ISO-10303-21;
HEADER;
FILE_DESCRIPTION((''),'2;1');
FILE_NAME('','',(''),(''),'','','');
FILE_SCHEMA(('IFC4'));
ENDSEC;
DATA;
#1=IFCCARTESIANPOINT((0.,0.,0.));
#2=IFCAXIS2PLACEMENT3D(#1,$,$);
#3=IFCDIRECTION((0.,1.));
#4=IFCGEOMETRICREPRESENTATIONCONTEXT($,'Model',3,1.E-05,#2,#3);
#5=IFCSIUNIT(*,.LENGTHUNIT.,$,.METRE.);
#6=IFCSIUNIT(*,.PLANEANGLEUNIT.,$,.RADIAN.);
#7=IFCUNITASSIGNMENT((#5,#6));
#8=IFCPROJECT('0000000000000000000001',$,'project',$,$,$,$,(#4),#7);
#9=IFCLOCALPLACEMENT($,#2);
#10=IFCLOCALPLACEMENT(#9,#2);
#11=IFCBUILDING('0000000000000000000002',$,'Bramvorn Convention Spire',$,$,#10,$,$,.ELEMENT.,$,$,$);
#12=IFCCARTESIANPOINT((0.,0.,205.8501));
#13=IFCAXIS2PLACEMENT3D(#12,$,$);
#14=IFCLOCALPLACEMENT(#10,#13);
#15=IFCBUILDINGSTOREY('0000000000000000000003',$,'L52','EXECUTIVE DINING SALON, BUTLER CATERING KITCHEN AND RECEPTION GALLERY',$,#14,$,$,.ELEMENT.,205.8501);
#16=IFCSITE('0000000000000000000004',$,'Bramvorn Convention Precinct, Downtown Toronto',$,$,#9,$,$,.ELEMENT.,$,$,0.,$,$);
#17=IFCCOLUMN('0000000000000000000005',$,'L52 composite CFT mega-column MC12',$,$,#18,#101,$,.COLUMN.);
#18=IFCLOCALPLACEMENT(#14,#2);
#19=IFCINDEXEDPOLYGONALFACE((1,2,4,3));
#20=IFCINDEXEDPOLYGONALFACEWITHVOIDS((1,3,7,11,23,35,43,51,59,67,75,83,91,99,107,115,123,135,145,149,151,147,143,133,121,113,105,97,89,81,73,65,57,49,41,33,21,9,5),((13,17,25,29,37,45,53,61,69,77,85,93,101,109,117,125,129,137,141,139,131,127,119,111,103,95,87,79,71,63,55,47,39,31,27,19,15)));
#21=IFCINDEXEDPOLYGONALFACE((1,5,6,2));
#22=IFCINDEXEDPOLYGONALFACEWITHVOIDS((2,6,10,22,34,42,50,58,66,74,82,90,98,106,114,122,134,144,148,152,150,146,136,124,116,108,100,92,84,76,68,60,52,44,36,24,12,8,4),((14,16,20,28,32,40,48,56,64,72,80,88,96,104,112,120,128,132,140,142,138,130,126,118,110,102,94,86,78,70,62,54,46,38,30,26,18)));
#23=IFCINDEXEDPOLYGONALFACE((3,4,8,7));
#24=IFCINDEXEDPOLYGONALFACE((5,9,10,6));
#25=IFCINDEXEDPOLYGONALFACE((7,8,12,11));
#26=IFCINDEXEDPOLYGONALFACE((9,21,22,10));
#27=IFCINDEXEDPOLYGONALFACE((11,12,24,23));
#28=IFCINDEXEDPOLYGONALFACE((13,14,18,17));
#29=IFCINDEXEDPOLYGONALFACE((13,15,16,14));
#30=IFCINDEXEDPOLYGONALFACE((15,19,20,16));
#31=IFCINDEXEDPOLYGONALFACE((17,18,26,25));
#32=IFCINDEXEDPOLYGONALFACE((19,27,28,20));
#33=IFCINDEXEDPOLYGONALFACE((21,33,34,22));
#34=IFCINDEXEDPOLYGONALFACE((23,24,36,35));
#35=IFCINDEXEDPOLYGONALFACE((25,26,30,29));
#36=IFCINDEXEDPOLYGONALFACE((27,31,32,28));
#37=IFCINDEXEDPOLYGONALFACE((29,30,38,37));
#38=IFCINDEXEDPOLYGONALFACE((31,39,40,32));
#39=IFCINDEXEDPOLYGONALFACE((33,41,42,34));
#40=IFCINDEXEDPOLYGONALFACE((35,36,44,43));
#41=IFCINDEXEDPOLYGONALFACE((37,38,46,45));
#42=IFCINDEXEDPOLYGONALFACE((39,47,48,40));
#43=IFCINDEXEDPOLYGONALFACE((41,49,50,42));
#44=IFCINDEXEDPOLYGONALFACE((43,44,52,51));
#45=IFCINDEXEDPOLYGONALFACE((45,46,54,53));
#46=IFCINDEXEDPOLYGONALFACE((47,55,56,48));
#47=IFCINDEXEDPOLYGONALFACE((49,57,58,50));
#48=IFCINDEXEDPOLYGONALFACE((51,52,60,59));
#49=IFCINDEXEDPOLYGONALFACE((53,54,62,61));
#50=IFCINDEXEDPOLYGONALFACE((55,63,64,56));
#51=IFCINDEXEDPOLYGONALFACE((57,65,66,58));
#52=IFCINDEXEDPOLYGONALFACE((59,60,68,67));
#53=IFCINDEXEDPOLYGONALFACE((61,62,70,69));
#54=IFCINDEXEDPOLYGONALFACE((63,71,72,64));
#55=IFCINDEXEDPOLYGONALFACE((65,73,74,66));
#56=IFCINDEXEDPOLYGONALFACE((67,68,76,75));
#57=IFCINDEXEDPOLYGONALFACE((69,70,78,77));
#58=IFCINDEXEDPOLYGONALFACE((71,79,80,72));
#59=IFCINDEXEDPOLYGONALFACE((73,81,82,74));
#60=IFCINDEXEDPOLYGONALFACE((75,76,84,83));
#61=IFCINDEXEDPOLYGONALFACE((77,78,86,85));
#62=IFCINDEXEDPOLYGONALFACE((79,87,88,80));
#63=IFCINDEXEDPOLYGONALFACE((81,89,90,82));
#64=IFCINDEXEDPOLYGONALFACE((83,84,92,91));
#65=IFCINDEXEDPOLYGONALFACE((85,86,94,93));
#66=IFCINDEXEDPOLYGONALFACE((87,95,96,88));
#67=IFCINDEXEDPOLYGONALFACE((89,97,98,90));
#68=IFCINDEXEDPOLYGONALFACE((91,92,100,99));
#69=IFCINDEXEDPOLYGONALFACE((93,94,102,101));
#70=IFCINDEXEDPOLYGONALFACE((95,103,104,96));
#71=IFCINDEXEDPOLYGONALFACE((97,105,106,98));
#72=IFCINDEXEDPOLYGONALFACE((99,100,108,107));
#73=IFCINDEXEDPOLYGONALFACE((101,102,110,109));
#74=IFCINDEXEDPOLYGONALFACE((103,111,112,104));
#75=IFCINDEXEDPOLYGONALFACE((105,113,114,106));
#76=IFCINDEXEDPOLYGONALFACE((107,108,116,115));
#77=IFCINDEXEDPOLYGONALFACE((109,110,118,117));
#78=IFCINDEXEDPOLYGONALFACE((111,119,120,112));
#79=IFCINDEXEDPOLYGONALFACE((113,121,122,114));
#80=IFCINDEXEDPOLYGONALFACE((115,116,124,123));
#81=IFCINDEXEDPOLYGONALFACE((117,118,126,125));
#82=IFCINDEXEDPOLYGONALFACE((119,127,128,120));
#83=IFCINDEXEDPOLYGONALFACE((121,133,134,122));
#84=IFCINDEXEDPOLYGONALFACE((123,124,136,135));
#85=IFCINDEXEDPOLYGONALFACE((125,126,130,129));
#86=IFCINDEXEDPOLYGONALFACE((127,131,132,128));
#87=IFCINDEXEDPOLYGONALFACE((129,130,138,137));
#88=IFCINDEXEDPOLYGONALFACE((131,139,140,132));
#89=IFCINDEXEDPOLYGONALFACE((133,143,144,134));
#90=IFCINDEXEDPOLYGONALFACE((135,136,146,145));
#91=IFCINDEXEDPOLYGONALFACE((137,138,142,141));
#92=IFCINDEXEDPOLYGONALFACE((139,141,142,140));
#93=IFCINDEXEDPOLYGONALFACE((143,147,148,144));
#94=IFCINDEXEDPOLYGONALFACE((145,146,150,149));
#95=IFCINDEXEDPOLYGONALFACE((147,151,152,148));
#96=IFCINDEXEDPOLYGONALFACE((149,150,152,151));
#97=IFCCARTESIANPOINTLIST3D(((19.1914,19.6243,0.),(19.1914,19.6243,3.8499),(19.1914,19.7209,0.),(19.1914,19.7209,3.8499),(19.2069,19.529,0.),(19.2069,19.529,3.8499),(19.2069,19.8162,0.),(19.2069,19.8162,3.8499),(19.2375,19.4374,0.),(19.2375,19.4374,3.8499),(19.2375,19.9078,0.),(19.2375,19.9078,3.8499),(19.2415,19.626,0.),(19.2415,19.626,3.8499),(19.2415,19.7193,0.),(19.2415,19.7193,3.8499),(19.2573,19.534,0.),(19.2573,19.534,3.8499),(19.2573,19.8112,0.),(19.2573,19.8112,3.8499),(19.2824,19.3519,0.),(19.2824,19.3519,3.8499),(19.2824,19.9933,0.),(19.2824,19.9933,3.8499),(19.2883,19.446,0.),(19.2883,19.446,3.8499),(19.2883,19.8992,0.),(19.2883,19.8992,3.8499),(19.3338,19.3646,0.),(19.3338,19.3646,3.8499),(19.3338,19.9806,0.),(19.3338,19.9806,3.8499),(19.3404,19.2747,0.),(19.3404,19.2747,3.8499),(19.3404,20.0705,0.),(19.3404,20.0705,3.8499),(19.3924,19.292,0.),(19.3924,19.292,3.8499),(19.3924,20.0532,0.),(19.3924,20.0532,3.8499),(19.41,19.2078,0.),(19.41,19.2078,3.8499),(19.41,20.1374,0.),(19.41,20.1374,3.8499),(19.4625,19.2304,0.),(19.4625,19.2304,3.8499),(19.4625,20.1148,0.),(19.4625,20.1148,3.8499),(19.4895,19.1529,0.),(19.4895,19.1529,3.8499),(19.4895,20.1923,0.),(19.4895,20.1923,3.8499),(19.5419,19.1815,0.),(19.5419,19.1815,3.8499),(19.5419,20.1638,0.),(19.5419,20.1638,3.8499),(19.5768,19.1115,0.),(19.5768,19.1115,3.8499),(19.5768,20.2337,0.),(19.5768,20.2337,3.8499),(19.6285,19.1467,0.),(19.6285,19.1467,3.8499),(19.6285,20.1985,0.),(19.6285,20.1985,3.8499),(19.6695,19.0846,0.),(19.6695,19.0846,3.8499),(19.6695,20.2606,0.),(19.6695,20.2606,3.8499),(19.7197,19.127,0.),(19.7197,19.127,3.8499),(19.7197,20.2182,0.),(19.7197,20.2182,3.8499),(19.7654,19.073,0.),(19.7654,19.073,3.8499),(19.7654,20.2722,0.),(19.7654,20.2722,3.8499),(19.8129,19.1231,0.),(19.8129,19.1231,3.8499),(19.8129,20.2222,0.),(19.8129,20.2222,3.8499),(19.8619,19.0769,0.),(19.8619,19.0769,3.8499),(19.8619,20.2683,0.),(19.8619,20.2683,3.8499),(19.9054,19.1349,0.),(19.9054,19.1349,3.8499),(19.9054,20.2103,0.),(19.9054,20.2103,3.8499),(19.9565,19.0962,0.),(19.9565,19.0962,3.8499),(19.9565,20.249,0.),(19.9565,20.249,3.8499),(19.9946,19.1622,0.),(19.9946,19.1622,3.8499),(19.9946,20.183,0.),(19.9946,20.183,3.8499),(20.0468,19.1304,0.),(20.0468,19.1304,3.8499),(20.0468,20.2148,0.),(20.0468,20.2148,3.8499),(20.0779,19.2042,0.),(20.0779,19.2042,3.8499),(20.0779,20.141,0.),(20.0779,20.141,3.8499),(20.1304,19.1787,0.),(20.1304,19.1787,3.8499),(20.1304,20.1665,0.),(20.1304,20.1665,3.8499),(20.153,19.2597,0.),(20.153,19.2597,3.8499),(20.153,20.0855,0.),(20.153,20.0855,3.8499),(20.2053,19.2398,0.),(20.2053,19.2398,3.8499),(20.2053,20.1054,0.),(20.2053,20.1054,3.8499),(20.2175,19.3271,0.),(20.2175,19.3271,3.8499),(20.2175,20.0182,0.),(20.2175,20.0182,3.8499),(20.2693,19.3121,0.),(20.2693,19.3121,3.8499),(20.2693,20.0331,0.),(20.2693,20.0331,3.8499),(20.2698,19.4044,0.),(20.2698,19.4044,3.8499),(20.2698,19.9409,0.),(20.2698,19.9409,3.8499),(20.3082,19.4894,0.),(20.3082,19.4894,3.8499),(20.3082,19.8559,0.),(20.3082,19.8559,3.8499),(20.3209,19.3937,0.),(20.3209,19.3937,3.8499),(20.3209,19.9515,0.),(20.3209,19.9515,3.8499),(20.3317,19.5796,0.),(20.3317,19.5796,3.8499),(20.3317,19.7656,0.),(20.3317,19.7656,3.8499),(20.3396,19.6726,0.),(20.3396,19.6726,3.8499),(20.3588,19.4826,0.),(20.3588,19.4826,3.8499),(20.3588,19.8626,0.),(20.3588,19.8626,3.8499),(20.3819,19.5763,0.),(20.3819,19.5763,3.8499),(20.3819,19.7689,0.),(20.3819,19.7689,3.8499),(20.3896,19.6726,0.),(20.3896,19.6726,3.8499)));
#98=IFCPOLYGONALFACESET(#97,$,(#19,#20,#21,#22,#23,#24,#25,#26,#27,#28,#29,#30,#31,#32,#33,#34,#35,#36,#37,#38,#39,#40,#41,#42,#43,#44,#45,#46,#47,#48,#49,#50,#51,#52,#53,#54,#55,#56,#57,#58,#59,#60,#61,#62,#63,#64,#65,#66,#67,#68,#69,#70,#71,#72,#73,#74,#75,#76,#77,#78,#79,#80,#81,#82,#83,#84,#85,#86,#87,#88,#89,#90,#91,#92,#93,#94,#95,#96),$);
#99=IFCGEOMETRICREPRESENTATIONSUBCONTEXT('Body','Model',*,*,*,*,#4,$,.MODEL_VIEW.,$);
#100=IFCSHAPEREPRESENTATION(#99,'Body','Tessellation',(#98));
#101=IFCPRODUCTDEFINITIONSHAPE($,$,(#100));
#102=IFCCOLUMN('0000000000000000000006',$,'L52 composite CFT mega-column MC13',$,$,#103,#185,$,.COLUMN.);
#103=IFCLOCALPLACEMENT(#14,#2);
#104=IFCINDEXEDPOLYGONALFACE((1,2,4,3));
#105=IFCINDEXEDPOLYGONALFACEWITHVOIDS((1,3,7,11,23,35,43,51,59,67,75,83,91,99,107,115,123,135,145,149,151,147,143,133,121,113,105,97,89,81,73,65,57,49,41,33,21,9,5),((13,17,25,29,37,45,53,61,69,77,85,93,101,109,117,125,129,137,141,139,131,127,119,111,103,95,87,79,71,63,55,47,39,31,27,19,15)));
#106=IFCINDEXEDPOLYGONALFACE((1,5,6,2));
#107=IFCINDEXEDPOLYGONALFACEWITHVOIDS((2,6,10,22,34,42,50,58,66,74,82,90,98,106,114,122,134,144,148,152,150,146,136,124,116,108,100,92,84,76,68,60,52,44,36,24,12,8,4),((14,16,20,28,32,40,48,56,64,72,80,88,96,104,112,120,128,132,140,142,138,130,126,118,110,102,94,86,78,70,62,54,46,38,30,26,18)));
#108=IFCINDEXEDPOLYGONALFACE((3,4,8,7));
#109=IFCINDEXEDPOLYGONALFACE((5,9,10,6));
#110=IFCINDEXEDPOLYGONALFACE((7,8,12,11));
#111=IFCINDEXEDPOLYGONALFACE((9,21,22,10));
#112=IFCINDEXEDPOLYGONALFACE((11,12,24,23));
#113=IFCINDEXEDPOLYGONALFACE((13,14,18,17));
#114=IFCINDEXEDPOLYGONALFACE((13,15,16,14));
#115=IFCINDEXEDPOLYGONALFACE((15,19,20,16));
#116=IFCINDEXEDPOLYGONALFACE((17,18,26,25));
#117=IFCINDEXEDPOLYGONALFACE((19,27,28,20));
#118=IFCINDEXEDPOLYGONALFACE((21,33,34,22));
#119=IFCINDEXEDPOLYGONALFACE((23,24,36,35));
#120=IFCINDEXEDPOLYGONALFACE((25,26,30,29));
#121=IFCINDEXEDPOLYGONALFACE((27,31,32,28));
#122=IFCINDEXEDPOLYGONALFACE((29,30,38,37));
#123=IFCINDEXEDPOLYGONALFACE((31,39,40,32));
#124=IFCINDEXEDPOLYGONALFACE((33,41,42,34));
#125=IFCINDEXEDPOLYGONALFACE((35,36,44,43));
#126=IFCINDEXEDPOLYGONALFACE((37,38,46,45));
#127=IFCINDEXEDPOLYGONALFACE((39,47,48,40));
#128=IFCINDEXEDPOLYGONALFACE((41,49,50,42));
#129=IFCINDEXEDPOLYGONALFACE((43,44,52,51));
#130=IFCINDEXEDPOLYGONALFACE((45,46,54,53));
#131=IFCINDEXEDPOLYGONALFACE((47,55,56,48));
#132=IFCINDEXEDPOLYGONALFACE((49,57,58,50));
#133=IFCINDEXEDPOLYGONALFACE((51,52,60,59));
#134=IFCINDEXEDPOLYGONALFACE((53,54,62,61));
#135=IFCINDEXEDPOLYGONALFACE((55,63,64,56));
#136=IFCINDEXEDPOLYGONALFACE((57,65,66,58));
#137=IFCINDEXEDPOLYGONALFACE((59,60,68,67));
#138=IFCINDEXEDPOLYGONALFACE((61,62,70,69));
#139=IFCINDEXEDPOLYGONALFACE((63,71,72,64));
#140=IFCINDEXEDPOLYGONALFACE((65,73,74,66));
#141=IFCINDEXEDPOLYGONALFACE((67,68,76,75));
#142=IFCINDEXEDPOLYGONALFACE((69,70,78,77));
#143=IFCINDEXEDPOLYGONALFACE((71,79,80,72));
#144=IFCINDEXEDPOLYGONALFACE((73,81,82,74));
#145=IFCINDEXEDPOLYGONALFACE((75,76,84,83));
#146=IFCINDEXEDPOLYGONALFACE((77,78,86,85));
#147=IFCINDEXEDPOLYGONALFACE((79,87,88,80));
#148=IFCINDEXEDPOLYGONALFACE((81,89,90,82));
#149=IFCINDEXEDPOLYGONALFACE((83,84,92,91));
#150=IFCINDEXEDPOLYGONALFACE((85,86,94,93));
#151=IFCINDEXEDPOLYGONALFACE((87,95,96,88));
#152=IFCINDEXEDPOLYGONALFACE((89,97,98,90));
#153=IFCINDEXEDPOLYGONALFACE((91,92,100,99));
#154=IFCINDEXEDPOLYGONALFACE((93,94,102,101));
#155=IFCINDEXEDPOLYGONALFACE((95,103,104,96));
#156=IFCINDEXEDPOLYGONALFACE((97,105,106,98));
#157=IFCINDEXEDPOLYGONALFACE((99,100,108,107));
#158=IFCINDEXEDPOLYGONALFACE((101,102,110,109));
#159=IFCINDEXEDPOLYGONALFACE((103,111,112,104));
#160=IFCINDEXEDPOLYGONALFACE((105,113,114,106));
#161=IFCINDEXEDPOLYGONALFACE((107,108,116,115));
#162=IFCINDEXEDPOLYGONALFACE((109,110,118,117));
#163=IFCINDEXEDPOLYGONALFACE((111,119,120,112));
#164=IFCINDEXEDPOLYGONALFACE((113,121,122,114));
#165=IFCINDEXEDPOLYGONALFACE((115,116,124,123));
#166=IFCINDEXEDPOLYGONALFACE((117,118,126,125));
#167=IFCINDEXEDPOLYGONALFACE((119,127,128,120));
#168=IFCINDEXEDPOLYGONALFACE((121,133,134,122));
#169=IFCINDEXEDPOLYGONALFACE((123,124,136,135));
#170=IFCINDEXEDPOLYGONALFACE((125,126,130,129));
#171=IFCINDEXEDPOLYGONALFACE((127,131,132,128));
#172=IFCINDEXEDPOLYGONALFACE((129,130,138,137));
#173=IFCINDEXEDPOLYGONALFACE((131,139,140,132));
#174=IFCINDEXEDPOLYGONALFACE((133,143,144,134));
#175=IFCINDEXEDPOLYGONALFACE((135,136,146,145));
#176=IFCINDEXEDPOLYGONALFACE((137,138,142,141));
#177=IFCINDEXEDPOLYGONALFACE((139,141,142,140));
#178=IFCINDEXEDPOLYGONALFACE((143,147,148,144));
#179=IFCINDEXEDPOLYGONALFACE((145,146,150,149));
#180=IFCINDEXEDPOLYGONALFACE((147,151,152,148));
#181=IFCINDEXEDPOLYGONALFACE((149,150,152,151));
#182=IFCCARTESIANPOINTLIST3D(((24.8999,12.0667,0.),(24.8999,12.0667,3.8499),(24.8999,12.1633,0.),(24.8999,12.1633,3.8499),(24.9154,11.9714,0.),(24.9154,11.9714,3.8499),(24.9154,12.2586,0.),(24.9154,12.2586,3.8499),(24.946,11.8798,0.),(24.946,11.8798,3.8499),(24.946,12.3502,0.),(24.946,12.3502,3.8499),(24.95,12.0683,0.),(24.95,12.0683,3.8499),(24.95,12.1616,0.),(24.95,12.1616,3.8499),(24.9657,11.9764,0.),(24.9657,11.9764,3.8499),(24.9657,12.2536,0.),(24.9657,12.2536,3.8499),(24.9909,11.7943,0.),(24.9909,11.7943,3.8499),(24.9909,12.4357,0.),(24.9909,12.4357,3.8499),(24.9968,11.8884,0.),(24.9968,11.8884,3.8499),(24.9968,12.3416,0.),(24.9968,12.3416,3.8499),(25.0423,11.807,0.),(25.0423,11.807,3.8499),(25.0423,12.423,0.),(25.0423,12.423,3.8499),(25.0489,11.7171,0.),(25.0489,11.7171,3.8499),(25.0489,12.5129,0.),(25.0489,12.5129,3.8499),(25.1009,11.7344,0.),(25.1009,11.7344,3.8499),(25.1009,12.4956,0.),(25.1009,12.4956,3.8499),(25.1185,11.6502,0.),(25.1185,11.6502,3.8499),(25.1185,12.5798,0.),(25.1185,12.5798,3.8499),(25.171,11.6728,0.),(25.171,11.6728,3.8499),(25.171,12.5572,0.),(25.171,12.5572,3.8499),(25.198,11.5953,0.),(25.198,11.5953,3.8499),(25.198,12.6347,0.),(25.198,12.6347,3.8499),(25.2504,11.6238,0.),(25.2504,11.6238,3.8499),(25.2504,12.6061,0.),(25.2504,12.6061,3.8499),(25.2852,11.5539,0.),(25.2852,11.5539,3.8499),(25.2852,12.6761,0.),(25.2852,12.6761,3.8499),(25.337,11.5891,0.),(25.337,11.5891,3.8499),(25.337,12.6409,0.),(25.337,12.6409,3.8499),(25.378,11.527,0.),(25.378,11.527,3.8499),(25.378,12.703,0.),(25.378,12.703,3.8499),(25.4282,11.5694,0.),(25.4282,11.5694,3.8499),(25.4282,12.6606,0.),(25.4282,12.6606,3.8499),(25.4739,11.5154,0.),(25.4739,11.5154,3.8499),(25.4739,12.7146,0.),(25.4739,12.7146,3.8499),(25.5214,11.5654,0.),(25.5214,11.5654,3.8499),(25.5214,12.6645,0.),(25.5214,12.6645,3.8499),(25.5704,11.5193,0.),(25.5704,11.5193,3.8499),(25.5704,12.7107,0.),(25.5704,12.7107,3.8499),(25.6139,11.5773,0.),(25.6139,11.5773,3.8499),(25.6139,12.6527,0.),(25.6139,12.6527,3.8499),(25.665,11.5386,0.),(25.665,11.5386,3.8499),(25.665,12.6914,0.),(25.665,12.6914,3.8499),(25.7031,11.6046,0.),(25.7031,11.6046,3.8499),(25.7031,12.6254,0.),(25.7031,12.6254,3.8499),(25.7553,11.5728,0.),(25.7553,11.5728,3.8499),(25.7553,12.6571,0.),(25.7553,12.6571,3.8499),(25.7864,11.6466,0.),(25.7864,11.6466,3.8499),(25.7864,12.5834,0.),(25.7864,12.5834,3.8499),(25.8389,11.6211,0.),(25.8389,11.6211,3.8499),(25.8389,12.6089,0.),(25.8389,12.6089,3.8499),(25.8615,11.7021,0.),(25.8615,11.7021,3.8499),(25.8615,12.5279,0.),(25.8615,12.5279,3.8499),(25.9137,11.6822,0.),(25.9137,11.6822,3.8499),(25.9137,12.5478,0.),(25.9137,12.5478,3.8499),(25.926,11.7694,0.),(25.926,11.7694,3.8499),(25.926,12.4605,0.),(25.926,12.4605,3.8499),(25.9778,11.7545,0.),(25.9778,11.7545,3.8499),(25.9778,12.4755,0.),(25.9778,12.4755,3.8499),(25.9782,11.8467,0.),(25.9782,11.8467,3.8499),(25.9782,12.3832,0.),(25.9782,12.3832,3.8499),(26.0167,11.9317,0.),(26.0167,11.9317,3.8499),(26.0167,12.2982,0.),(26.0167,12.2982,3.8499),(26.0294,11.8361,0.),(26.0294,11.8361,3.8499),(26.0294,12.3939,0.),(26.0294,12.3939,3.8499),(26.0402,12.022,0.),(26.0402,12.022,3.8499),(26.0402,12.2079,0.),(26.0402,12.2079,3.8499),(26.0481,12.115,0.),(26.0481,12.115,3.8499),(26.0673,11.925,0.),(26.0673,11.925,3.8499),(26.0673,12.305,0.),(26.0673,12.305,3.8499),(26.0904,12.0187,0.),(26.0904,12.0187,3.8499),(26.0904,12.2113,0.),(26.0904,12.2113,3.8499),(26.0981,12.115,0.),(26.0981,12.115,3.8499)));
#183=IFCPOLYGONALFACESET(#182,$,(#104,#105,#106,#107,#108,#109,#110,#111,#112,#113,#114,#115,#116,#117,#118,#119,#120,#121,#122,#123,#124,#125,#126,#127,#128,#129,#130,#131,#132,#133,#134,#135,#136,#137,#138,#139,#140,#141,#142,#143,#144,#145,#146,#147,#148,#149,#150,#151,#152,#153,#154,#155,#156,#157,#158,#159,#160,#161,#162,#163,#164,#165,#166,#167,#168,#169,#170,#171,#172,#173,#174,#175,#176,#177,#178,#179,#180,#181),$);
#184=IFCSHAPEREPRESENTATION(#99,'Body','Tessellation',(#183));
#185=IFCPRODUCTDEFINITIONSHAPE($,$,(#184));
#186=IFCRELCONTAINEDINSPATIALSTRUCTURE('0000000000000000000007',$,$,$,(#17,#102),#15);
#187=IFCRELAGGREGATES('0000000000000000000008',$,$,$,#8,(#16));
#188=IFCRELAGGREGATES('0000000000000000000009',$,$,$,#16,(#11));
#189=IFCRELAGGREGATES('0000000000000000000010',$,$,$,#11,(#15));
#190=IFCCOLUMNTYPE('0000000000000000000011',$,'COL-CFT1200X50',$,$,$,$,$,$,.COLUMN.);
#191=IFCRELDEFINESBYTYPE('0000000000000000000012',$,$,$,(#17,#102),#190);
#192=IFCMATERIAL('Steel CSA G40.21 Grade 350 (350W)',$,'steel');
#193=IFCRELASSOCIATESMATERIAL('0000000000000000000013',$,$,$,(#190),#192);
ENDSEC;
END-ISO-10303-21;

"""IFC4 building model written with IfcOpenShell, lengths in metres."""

from ifc_helpers import new_model, si_unit, direction, frame, origin, origin_2d, place, context, subcontext, project, spatial, hollow_circle, extrude, material, material_profile, profile_set, type_object, element, save


model = new_model("IFC4")

# Units and contexts
model_context = context("Model", 3, precision=1e-05, world=origin(), true_north=direction((0.0, 1.0)))
body_context = subcontext(model_context, "Body", "Model", "MODEL_VIEW")
ifc_project = project(units=[si_unit("LENGTHUNIT", "METRE"), si_unit("PLANEANGLEUNIT", "RADIAN")], contexts=[model_context])

# Site, building, storey
site_placement = place(None, origin())
site = spatial("IfcSite", under=ifc_project, at=site_placement, Name="Bramvorn Convention Precinct, Downtown Toronto", CompositionType="ELEMENT", RefElevation=0.0)
building_placement = place(site_placement, origin())
building = spatial("IfcBuilding", under=site, at=building_placement, Name="Bramvorn Convention Spire", CompositionType="ELEMENT")
storey_placement = place(building_placement, frame((0.0, 0.0, 205.8501)))
storey = spatial("IfcBuildingStorey", under=building, at=storey_placement, Name="L52", Description="EXECUTIVE DINING SALON, BUTLER CATERING KITCHEN AND RECEPTION GALLERY", CompositionType="ELEMENT", Elevation=205.8501)

# Columns
ifc_material_1 = material(Name="Steel CSA G40.21 Grade 350 (350W)", Category="steel")
ifc_material_profile_1 = material_profile(ifc_material_1, hollow_circle(Radius=0.6001, WallThickness=0.05, at=origin_2d()))
ifc_profile_set_1 = profile_set([ifc_material_profile_1], Name="Steel CSA G40.21 Grade 350 (350W) - CFT1200X50")
column_type = type_object("IfcColumnType", Name="COL-CFT1200X50", PredefinedType="COLUMN", material=ifc_profile_set_1)
for number, where, z_axis, x_axis, name in (
    (1, (19.7896, 19.6726, 0.0), (0.0, 0.0, 1.0), (1.0, 0.0, 0.0), "L52 composite CFT mega-column MC12"),
    (2, (25.498, 12.115, 0.0), (0.0, 0.0, 1.0), (1.0, 0.0, 0.0), "L52 composite CFT mega-column MC13"),
):
    element("IfcColumn", number, at=place(storey_placement, frame(where, z_axis=z_axis, x_axis=x_axis)), inside=storey, type_object=column_type, Name=name, PredefinedType="COLUMN", context=body_context, shape_type="SweptSolid", body=[
        extrude(hollow_circle(Radius=0.6001, WallThickness=0.05, at=origin_2d()), origin(), (0.0, 0.0, 1.0), 3.8499),
    ])

save(model, "model.ifc")
